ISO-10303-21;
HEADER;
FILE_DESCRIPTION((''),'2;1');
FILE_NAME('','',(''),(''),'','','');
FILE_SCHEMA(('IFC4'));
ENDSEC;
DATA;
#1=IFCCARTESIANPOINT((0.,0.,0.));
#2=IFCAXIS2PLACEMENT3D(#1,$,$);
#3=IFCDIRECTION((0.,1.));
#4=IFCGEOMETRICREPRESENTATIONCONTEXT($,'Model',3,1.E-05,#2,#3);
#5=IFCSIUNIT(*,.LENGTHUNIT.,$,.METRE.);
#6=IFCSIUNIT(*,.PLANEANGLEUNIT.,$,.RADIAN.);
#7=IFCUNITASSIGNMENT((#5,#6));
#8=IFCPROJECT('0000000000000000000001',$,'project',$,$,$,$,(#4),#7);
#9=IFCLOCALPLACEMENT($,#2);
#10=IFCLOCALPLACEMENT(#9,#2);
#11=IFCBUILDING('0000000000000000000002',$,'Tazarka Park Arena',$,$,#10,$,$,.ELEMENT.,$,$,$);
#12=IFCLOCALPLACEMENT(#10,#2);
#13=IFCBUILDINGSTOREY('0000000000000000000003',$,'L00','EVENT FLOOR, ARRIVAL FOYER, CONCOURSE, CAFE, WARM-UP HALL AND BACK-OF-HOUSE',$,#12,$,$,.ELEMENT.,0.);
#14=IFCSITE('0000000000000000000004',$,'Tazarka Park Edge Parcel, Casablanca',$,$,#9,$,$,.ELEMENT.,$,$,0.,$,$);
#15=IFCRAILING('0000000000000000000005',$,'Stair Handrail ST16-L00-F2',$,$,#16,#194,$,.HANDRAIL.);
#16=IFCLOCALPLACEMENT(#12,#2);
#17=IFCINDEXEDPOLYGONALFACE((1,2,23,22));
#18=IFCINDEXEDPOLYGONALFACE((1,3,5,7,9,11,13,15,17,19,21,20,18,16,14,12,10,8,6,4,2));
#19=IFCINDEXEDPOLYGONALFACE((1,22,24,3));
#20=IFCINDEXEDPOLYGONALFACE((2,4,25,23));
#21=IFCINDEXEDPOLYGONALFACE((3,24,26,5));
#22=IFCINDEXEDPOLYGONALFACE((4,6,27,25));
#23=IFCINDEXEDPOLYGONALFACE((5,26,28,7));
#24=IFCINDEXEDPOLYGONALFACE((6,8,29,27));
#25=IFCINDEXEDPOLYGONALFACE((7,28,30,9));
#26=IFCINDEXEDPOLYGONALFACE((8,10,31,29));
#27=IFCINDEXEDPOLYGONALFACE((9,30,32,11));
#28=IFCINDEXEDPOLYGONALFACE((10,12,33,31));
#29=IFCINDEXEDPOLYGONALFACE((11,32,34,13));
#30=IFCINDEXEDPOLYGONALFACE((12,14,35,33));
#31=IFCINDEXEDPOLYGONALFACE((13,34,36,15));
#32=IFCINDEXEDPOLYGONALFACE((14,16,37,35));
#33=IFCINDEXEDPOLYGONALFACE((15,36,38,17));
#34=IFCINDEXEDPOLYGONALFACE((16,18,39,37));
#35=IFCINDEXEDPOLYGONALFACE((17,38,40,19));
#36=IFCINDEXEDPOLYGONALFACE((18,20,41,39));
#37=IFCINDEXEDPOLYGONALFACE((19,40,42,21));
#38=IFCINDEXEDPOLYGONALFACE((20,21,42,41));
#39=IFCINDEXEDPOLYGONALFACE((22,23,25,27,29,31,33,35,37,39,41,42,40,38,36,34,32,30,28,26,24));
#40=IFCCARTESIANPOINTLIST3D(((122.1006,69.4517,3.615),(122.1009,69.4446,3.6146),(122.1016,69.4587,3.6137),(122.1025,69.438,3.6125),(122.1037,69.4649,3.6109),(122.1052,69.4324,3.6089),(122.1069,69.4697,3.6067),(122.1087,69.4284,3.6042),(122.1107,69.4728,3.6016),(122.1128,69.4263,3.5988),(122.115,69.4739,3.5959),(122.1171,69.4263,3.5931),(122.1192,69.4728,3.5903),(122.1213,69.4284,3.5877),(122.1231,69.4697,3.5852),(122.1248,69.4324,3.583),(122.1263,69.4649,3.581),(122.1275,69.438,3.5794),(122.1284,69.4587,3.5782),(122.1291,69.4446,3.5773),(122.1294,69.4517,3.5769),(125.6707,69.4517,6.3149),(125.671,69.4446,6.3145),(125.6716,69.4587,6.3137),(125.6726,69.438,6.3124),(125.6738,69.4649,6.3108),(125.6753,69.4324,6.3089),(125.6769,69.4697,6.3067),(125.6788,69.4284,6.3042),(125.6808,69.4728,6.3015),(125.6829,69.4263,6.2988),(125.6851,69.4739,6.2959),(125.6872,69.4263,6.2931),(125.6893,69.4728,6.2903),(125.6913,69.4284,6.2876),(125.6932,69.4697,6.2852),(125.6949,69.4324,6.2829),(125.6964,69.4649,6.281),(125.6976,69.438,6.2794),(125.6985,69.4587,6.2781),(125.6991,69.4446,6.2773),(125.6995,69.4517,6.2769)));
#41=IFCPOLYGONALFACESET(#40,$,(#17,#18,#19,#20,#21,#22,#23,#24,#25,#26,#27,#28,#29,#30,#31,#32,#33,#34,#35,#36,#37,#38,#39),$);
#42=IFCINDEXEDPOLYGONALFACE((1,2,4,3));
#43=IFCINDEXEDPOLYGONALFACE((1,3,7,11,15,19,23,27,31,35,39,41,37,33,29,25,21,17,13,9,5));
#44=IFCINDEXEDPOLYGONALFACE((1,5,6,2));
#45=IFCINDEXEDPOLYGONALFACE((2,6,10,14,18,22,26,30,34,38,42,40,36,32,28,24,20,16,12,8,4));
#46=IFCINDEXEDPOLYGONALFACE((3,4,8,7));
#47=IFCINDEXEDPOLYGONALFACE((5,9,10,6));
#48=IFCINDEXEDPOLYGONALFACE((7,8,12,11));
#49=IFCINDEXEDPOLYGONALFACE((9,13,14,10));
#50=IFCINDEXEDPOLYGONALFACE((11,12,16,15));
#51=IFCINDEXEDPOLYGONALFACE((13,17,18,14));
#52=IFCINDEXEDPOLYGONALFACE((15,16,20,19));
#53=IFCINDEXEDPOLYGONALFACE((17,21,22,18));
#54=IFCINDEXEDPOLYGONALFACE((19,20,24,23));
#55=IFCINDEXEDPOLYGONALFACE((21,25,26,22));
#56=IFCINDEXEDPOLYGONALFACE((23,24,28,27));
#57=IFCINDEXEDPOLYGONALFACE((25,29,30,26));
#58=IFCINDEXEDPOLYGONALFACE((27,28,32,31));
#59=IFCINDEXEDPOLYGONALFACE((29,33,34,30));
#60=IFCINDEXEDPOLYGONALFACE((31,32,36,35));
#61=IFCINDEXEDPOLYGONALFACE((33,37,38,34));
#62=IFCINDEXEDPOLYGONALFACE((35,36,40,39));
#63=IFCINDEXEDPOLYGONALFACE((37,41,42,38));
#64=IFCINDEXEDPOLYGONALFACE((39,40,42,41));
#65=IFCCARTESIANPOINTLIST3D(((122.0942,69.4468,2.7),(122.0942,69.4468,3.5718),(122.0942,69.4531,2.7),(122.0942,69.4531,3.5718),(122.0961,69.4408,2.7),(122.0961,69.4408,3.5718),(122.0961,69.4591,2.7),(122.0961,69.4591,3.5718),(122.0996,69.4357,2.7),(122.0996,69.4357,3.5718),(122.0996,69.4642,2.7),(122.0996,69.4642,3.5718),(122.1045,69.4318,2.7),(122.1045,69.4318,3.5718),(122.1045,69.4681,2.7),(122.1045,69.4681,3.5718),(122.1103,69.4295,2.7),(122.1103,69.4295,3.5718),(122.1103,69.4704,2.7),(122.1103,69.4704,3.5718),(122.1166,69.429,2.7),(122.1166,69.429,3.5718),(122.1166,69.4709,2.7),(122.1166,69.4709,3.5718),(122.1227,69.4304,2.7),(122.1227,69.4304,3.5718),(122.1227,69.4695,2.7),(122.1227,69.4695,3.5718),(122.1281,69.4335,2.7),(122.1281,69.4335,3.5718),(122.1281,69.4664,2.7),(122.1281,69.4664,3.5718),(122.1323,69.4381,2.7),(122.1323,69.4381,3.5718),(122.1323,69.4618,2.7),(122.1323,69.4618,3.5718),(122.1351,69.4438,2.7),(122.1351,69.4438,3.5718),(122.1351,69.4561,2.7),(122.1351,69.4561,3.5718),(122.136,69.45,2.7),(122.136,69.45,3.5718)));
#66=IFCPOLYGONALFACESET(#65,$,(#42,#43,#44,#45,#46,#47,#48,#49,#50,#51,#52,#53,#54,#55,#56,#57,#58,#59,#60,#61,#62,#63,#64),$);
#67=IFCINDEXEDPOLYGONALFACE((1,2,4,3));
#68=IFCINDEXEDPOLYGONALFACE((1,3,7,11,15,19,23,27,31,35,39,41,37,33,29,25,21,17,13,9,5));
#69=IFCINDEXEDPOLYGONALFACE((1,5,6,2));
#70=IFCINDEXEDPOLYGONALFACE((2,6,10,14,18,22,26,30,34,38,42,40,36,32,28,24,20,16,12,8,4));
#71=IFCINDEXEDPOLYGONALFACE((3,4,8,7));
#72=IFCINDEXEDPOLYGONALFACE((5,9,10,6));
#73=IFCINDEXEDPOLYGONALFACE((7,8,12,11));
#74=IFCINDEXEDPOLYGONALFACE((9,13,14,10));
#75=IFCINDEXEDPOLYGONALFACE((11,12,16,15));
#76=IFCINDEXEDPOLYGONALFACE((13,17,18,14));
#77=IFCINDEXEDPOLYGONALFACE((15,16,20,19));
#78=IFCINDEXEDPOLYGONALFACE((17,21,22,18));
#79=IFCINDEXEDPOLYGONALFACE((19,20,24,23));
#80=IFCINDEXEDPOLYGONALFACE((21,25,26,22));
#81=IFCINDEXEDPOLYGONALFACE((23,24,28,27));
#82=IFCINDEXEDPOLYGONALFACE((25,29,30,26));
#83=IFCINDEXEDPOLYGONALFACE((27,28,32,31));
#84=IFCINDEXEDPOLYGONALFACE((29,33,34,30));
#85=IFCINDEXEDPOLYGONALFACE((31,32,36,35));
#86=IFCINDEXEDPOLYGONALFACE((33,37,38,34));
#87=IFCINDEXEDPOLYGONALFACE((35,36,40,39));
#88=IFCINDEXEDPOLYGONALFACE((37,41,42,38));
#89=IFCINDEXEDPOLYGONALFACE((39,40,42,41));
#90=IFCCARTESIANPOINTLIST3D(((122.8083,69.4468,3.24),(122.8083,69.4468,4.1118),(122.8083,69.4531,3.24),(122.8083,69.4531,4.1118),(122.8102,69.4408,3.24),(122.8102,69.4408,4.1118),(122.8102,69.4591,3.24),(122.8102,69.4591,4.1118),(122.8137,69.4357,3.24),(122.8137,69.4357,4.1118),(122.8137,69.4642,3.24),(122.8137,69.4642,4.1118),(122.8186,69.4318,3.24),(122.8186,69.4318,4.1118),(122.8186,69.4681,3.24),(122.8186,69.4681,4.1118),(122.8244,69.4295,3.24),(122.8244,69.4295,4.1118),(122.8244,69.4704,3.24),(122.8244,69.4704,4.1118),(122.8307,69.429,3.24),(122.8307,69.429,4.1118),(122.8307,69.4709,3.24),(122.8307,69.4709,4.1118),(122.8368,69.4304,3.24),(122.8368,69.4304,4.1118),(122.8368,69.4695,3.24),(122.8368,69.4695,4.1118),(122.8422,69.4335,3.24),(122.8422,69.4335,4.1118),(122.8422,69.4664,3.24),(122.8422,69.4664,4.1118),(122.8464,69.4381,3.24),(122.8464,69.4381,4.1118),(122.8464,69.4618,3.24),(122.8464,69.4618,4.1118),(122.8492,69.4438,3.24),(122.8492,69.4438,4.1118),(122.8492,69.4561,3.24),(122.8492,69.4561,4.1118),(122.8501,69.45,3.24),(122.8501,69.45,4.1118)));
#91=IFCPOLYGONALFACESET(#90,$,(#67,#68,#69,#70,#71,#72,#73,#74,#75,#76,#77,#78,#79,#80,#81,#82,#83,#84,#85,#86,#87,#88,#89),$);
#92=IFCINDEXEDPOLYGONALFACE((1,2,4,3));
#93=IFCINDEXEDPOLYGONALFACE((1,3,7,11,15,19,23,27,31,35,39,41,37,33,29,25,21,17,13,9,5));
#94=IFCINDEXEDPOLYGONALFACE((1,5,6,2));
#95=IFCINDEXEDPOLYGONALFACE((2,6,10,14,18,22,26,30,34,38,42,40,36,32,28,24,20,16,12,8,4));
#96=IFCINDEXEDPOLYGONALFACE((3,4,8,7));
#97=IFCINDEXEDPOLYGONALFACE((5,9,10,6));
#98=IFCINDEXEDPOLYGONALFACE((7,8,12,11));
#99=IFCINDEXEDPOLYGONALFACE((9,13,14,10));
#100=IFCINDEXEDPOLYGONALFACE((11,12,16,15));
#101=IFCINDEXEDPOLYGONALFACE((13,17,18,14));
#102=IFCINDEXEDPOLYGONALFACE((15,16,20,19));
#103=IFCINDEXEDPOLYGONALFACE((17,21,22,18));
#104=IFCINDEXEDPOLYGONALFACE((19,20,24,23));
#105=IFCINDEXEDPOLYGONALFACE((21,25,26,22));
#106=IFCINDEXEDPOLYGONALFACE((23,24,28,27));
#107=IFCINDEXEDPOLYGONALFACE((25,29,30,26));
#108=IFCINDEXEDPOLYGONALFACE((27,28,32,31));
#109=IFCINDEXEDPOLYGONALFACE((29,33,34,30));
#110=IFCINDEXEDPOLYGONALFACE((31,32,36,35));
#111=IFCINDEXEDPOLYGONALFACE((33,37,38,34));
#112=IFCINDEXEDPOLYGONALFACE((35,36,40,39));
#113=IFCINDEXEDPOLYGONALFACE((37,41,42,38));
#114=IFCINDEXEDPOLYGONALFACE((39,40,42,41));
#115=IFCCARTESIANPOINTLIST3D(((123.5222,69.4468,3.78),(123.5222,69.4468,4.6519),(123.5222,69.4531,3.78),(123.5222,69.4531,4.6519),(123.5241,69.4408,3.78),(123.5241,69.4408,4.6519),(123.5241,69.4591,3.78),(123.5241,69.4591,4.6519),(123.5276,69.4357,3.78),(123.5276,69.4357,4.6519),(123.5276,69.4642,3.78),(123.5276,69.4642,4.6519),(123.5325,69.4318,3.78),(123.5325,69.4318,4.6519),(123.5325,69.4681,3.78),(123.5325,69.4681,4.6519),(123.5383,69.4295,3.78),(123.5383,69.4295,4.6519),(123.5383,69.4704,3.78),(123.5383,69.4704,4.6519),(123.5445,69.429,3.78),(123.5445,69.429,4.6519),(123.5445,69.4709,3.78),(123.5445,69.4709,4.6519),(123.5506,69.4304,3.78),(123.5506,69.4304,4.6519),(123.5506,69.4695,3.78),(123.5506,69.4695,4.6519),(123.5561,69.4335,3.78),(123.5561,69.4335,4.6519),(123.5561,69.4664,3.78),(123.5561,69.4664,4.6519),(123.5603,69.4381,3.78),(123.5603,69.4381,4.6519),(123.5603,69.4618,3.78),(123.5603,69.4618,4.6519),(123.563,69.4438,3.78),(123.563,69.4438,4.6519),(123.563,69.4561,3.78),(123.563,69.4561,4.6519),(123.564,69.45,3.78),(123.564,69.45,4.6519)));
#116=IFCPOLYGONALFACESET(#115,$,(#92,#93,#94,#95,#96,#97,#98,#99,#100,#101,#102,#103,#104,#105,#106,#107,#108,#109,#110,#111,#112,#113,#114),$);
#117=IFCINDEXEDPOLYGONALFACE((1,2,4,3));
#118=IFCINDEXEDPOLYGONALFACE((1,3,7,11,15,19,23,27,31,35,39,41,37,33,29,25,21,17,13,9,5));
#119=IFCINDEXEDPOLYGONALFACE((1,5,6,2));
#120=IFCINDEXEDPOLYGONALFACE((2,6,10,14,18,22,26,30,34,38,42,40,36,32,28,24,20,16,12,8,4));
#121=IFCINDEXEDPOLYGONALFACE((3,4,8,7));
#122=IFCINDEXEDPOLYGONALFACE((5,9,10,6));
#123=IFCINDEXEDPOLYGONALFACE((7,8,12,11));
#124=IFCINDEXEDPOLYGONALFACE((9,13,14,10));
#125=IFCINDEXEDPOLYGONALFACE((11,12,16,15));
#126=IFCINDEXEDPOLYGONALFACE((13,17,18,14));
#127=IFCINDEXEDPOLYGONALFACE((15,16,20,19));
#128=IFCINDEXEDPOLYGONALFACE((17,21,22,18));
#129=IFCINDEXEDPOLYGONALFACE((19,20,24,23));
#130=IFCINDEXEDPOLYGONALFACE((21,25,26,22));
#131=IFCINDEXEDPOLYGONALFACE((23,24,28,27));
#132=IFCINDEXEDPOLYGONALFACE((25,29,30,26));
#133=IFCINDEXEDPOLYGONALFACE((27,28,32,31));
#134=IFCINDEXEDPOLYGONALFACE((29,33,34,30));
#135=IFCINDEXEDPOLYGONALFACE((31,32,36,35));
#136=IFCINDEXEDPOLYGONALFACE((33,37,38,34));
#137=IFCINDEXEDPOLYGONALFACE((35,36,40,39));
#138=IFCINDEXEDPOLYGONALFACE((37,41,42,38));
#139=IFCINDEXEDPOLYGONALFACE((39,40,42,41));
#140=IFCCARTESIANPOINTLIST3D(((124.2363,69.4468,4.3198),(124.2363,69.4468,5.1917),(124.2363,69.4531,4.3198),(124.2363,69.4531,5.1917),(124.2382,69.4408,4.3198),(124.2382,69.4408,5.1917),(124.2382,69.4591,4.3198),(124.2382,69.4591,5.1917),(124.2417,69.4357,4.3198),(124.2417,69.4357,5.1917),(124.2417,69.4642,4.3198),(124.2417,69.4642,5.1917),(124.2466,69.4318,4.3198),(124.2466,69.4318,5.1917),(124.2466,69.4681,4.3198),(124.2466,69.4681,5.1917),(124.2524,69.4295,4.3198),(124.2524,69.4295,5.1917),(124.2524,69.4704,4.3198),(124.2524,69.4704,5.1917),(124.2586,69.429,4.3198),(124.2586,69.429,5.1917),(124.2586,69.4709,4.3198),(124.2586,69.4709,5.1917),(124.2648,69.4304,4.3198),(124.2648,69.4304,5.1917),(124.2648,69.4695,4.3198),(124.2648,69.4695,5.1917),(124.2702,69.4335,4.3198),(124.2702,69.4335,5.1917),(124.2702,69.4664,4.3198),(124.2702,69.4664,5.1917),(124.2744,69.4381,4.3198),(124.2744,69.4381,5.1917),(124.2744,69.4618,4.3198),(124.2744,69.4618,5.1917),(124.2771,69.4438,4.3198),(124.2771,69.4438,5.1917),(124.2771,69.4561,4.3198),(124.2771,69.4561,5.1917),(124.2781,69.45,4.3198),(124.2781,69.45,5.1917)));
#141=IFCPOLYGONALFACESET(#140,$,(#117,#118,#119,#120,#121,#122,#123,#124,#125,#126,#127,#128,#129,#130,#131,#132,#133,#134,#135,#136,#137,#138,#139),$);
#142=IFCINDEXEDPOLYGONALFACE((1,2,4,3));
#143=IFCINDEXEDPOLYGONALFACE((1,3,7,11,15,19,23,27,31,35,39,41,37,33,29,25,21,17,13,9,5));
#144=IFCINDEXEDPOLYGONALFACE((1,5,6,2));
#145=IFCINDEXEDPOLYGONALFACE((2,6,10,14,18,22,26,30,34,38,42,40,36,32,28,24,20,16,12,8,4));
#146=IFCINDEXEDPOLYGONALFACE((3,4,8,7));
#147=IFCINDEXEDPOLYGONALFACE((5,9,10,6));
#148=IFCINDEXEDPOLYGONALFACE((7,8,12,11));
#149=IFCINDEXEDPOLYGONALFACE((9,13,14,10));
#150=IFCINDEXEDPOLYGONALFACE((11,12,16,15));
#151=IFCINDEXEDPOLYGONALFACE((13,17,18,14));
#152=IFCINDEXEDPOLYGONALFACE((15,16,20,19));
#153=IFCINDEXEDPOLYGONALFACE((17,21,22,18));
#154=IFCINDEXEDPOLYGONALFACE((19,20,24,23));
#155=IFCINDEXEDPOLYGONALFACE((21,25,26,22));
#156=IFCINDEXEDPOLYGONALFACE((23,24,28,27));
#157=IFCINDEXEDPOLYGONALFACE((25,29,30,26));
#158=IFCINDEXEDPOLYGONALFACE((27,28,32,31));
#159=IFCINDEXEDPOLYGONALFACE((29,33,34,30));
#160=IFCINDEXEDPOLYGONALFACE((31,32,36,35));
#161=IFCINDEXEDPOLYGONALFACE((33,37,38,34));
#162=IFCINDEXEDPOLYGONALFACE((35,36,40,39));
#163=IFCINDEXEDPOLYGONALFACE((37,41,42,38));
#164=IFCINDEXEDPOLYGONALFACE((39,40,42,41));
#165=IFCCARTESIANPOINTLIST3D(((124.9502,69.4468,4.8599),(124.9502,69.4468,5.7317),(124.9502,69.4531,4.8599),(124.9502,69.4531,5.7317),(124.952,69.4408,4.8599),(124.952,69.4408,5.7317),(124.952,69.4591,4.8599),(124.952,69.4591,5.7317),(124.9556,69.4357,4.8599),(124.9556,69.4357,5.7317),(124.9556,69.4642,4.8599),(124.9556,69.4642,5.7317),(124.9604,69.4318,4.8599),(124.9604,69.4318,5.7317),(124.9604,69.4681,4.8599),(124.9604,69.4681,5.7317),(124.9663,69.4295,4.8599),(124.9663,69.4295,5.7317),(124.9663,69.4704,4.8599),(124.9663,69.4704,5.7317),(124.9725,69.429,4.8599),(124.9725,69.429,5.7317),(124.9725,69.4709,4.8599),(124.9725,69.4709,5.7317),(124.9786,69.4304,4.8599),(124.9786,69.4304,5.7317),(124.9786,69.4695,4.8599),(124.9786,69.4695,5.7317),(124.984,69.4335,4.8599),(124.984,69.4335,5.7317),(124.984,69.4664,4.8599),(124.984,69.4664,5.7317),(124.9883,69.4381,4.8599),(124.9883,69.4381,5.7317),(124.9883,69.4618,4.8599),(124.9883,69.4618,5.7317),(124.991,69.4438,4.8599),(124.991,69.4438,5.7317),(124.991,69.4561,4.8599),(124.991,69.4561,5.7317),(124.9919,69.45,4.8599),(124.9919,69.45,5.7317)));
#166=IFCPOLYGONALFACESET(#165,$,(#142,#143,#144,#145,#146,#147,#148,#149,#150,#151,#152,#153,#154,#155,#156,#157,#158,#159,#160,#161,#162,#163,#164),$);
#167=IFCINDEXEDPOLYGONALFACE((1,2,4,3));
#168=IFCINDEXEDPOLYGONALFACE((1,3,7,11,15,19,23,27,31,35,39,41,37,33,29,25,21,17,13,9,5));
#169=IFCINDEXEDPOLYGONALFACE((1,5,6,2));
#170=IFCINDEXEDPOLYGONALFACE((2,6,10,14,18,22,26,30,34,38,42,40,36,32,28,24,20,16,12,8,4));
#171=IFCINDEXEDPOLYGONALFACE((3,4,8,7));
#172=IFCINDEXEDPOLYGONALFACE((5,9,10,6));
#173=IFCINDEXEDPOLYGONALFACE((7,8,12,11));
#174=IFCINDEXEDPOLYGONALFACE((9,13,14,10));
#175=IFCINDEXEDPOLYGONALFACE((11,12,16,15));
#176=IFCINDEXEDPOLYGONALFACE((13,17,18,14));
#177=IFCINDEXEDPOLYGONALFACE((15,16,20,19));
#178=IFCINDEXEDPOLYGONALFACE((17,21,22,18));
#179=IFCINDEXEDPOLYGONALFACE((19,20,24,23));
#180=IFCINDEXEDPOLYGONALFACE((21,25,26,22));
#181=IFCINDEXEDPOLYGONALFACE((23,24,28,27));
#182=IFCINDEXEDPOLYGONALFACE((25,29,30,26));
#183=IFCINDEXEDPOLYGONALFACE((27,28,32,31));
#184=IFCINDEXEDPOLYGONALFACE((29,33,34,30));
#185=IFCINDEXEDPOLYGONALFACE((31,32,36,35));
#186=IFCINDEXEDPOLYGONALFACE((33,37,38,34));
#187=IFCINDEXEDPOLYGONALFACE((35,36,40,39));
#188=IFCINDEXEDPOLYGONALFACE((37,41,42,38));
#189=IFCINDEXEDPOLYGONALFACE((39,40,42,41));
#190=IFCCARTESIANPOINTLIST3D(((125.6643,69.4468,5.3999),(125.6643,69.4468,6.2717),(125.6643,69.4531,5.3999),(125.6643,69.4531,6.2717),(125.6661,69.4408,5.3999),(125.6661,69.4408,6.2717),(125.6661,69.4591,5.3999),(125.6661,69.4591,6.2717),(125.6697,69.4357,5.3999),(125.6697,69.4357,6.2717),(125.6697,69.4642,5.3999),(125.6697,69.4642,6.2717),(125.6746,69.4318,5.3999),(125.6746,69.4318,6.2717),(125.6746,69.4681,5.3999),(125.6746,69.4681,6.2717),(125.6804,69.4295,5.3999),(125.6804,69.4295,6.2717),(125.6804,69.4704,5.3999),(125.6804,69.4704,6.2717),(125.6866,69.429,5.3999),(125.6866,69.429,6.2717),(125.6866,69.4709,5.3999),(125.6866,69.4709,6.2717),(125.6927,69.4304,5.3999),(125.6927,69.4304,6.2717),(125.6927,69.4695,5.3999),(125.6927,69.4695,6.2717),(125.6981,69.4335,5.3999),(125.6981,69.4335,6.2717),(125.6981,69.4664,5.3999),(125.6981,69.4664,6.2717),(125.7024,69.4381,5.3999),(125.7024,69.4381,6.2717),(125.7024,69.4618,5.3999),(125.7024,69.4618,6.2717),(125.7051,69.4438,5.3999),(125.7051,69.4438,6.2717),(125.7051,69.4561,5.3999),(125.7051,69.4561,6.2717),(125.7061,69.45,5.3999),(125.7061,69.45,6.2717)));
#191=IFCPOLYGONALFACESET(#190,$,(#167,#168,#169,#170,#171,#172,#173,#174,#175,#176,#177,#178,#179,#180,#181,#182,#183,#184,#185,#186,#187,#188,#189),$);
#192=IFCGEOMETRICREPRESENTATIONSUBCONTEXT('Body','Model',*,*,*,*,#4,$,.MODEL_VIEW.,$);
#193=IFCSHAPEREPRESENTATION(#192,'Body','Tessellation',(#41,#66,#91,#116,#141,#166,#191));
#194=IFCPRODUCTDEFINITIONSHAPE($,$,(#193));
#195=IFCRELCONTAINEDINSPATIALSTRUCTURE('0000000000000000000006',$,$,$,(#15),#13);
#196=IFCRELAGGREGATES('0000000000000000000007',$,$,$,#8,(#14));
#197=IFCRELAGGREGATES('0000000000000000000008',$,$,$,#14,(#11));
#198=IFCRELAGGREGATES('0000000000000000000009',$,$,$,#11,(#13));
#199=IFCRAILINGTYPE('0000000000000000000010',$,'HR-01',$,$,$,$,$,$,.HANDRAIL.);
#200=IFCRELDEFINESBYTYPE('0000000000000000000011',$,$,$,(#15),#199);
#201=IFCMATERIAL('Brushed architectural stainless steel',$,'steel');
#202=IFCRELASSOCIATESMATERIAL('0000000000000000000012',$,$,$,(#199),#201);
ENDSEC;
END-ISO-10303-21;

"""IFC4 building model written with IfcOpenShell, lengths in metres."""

from ifc_helpers import new_model, si_unit, direction, frame, origin, origin_2d, place, context, subcontext, project, spatial, circle, extrude, material, type_object, element, save


model = new_model("IFC4")

# Units and contexts
model_context = context("Model", 3, precision=1e-05, world=origin(), true_north=direction((0.0, 1.0)))
body_context = subcontext(model_context, "Body", "Model", "MODEL_VIEW")
ifc_project = project(units=[si_unit("LENGTHUNIT", "METRE"), si_unit("PLANEANGLEUNIT", "RADIAN")], contexts=[model_context])

# Site, building, storey
site_placement = place(None, origin())
site = spatial("IfcSite", under=ifc_project, at=site_placement, Name="Tazarka Park Edge Parcel, Casablanca", CompositionType="ELEMENT", RefElevation=0.0)
building_placement = place(site_placement, origin())
building = spatial("IfcBuilding", under=site, at=building_placement, Name="Tazarka Park Arena", CompositionType="ELEMENT")
storey_placement = place(building_placement, origin())
storey = spatial("IfcBuildingStorey", under=building, at=storey_placement, Name="L00", Description="EVENT FLOOR, ARRIVAL FOYER, CONCOURSE, CAFE, WARM-UP HALL AND BACK-OF-HOUSE", CompositionType="ELEMENT", Elevation=0.0)

# Railing
ifc_material_1 = material(Name="Brushed architectural stainless steel", Category="steel")
railing_type_1 = type_object("IfcRailingType", Name="HR-01", PredefinedType="HANDRAIL", material=ifc_material_1)
for number, where, name in (
    (1, (122.115, 69.45, 2.7), "Stair Handrail ST16-L00-F2"),
):
    element("IfcRailing", number, at=place(storey_placement, frame(where)), inside=storey, type_object=railing_type_1, Name=name, PredefinedType="HANDRAIL", context=body_context, shape_type="SweptSolid", body=[
        extrude(circle(Radius=0.0239, at=origin_2d()), frame((0.0, 0.0, 0.896), z_axis=(0.797591, 0.0, 0.603198), x_axis=(0.0, 1.0, 0.0)), (0.0, 0.0, 1.0), 4.4761),
        extrude(circle(Radius=0.021, at=origin_2d()), origin(), (0.0, 0.0, 1.0), 0.8718),
        extrude(circle(Radius=0.021, at=origin_2d()), frame((0.7141, 0.0, 0.54)), (0.0, 0.0, 1.0), 0.8718),
        extrude(circle(Radius=0.021, at=origin_2d()), frame((1.428, 0.0, 1.0801)), (0.0, 0.0, 1.0), 0.8718),
        extrude(circle(Radius=0.021, at=origin_2d()), frame((2.1421, 0.0, 1.6199)), (0.0, 0.0, 1.0), 0.8718),
        extrude(circle(Radius=0.021, at=origin_2d()), frame((2.856, 0.0, 2.1599)), (0.0, 0.0, 1.0), 0.8718),
        extrude(circle(Radius=0.021, at=origin_2d()), frame((3.5701, 0.0, 2.7)), (0.0, 0.0, 1.0), 0.8718),
    ])

save(model, "model.ifc")
